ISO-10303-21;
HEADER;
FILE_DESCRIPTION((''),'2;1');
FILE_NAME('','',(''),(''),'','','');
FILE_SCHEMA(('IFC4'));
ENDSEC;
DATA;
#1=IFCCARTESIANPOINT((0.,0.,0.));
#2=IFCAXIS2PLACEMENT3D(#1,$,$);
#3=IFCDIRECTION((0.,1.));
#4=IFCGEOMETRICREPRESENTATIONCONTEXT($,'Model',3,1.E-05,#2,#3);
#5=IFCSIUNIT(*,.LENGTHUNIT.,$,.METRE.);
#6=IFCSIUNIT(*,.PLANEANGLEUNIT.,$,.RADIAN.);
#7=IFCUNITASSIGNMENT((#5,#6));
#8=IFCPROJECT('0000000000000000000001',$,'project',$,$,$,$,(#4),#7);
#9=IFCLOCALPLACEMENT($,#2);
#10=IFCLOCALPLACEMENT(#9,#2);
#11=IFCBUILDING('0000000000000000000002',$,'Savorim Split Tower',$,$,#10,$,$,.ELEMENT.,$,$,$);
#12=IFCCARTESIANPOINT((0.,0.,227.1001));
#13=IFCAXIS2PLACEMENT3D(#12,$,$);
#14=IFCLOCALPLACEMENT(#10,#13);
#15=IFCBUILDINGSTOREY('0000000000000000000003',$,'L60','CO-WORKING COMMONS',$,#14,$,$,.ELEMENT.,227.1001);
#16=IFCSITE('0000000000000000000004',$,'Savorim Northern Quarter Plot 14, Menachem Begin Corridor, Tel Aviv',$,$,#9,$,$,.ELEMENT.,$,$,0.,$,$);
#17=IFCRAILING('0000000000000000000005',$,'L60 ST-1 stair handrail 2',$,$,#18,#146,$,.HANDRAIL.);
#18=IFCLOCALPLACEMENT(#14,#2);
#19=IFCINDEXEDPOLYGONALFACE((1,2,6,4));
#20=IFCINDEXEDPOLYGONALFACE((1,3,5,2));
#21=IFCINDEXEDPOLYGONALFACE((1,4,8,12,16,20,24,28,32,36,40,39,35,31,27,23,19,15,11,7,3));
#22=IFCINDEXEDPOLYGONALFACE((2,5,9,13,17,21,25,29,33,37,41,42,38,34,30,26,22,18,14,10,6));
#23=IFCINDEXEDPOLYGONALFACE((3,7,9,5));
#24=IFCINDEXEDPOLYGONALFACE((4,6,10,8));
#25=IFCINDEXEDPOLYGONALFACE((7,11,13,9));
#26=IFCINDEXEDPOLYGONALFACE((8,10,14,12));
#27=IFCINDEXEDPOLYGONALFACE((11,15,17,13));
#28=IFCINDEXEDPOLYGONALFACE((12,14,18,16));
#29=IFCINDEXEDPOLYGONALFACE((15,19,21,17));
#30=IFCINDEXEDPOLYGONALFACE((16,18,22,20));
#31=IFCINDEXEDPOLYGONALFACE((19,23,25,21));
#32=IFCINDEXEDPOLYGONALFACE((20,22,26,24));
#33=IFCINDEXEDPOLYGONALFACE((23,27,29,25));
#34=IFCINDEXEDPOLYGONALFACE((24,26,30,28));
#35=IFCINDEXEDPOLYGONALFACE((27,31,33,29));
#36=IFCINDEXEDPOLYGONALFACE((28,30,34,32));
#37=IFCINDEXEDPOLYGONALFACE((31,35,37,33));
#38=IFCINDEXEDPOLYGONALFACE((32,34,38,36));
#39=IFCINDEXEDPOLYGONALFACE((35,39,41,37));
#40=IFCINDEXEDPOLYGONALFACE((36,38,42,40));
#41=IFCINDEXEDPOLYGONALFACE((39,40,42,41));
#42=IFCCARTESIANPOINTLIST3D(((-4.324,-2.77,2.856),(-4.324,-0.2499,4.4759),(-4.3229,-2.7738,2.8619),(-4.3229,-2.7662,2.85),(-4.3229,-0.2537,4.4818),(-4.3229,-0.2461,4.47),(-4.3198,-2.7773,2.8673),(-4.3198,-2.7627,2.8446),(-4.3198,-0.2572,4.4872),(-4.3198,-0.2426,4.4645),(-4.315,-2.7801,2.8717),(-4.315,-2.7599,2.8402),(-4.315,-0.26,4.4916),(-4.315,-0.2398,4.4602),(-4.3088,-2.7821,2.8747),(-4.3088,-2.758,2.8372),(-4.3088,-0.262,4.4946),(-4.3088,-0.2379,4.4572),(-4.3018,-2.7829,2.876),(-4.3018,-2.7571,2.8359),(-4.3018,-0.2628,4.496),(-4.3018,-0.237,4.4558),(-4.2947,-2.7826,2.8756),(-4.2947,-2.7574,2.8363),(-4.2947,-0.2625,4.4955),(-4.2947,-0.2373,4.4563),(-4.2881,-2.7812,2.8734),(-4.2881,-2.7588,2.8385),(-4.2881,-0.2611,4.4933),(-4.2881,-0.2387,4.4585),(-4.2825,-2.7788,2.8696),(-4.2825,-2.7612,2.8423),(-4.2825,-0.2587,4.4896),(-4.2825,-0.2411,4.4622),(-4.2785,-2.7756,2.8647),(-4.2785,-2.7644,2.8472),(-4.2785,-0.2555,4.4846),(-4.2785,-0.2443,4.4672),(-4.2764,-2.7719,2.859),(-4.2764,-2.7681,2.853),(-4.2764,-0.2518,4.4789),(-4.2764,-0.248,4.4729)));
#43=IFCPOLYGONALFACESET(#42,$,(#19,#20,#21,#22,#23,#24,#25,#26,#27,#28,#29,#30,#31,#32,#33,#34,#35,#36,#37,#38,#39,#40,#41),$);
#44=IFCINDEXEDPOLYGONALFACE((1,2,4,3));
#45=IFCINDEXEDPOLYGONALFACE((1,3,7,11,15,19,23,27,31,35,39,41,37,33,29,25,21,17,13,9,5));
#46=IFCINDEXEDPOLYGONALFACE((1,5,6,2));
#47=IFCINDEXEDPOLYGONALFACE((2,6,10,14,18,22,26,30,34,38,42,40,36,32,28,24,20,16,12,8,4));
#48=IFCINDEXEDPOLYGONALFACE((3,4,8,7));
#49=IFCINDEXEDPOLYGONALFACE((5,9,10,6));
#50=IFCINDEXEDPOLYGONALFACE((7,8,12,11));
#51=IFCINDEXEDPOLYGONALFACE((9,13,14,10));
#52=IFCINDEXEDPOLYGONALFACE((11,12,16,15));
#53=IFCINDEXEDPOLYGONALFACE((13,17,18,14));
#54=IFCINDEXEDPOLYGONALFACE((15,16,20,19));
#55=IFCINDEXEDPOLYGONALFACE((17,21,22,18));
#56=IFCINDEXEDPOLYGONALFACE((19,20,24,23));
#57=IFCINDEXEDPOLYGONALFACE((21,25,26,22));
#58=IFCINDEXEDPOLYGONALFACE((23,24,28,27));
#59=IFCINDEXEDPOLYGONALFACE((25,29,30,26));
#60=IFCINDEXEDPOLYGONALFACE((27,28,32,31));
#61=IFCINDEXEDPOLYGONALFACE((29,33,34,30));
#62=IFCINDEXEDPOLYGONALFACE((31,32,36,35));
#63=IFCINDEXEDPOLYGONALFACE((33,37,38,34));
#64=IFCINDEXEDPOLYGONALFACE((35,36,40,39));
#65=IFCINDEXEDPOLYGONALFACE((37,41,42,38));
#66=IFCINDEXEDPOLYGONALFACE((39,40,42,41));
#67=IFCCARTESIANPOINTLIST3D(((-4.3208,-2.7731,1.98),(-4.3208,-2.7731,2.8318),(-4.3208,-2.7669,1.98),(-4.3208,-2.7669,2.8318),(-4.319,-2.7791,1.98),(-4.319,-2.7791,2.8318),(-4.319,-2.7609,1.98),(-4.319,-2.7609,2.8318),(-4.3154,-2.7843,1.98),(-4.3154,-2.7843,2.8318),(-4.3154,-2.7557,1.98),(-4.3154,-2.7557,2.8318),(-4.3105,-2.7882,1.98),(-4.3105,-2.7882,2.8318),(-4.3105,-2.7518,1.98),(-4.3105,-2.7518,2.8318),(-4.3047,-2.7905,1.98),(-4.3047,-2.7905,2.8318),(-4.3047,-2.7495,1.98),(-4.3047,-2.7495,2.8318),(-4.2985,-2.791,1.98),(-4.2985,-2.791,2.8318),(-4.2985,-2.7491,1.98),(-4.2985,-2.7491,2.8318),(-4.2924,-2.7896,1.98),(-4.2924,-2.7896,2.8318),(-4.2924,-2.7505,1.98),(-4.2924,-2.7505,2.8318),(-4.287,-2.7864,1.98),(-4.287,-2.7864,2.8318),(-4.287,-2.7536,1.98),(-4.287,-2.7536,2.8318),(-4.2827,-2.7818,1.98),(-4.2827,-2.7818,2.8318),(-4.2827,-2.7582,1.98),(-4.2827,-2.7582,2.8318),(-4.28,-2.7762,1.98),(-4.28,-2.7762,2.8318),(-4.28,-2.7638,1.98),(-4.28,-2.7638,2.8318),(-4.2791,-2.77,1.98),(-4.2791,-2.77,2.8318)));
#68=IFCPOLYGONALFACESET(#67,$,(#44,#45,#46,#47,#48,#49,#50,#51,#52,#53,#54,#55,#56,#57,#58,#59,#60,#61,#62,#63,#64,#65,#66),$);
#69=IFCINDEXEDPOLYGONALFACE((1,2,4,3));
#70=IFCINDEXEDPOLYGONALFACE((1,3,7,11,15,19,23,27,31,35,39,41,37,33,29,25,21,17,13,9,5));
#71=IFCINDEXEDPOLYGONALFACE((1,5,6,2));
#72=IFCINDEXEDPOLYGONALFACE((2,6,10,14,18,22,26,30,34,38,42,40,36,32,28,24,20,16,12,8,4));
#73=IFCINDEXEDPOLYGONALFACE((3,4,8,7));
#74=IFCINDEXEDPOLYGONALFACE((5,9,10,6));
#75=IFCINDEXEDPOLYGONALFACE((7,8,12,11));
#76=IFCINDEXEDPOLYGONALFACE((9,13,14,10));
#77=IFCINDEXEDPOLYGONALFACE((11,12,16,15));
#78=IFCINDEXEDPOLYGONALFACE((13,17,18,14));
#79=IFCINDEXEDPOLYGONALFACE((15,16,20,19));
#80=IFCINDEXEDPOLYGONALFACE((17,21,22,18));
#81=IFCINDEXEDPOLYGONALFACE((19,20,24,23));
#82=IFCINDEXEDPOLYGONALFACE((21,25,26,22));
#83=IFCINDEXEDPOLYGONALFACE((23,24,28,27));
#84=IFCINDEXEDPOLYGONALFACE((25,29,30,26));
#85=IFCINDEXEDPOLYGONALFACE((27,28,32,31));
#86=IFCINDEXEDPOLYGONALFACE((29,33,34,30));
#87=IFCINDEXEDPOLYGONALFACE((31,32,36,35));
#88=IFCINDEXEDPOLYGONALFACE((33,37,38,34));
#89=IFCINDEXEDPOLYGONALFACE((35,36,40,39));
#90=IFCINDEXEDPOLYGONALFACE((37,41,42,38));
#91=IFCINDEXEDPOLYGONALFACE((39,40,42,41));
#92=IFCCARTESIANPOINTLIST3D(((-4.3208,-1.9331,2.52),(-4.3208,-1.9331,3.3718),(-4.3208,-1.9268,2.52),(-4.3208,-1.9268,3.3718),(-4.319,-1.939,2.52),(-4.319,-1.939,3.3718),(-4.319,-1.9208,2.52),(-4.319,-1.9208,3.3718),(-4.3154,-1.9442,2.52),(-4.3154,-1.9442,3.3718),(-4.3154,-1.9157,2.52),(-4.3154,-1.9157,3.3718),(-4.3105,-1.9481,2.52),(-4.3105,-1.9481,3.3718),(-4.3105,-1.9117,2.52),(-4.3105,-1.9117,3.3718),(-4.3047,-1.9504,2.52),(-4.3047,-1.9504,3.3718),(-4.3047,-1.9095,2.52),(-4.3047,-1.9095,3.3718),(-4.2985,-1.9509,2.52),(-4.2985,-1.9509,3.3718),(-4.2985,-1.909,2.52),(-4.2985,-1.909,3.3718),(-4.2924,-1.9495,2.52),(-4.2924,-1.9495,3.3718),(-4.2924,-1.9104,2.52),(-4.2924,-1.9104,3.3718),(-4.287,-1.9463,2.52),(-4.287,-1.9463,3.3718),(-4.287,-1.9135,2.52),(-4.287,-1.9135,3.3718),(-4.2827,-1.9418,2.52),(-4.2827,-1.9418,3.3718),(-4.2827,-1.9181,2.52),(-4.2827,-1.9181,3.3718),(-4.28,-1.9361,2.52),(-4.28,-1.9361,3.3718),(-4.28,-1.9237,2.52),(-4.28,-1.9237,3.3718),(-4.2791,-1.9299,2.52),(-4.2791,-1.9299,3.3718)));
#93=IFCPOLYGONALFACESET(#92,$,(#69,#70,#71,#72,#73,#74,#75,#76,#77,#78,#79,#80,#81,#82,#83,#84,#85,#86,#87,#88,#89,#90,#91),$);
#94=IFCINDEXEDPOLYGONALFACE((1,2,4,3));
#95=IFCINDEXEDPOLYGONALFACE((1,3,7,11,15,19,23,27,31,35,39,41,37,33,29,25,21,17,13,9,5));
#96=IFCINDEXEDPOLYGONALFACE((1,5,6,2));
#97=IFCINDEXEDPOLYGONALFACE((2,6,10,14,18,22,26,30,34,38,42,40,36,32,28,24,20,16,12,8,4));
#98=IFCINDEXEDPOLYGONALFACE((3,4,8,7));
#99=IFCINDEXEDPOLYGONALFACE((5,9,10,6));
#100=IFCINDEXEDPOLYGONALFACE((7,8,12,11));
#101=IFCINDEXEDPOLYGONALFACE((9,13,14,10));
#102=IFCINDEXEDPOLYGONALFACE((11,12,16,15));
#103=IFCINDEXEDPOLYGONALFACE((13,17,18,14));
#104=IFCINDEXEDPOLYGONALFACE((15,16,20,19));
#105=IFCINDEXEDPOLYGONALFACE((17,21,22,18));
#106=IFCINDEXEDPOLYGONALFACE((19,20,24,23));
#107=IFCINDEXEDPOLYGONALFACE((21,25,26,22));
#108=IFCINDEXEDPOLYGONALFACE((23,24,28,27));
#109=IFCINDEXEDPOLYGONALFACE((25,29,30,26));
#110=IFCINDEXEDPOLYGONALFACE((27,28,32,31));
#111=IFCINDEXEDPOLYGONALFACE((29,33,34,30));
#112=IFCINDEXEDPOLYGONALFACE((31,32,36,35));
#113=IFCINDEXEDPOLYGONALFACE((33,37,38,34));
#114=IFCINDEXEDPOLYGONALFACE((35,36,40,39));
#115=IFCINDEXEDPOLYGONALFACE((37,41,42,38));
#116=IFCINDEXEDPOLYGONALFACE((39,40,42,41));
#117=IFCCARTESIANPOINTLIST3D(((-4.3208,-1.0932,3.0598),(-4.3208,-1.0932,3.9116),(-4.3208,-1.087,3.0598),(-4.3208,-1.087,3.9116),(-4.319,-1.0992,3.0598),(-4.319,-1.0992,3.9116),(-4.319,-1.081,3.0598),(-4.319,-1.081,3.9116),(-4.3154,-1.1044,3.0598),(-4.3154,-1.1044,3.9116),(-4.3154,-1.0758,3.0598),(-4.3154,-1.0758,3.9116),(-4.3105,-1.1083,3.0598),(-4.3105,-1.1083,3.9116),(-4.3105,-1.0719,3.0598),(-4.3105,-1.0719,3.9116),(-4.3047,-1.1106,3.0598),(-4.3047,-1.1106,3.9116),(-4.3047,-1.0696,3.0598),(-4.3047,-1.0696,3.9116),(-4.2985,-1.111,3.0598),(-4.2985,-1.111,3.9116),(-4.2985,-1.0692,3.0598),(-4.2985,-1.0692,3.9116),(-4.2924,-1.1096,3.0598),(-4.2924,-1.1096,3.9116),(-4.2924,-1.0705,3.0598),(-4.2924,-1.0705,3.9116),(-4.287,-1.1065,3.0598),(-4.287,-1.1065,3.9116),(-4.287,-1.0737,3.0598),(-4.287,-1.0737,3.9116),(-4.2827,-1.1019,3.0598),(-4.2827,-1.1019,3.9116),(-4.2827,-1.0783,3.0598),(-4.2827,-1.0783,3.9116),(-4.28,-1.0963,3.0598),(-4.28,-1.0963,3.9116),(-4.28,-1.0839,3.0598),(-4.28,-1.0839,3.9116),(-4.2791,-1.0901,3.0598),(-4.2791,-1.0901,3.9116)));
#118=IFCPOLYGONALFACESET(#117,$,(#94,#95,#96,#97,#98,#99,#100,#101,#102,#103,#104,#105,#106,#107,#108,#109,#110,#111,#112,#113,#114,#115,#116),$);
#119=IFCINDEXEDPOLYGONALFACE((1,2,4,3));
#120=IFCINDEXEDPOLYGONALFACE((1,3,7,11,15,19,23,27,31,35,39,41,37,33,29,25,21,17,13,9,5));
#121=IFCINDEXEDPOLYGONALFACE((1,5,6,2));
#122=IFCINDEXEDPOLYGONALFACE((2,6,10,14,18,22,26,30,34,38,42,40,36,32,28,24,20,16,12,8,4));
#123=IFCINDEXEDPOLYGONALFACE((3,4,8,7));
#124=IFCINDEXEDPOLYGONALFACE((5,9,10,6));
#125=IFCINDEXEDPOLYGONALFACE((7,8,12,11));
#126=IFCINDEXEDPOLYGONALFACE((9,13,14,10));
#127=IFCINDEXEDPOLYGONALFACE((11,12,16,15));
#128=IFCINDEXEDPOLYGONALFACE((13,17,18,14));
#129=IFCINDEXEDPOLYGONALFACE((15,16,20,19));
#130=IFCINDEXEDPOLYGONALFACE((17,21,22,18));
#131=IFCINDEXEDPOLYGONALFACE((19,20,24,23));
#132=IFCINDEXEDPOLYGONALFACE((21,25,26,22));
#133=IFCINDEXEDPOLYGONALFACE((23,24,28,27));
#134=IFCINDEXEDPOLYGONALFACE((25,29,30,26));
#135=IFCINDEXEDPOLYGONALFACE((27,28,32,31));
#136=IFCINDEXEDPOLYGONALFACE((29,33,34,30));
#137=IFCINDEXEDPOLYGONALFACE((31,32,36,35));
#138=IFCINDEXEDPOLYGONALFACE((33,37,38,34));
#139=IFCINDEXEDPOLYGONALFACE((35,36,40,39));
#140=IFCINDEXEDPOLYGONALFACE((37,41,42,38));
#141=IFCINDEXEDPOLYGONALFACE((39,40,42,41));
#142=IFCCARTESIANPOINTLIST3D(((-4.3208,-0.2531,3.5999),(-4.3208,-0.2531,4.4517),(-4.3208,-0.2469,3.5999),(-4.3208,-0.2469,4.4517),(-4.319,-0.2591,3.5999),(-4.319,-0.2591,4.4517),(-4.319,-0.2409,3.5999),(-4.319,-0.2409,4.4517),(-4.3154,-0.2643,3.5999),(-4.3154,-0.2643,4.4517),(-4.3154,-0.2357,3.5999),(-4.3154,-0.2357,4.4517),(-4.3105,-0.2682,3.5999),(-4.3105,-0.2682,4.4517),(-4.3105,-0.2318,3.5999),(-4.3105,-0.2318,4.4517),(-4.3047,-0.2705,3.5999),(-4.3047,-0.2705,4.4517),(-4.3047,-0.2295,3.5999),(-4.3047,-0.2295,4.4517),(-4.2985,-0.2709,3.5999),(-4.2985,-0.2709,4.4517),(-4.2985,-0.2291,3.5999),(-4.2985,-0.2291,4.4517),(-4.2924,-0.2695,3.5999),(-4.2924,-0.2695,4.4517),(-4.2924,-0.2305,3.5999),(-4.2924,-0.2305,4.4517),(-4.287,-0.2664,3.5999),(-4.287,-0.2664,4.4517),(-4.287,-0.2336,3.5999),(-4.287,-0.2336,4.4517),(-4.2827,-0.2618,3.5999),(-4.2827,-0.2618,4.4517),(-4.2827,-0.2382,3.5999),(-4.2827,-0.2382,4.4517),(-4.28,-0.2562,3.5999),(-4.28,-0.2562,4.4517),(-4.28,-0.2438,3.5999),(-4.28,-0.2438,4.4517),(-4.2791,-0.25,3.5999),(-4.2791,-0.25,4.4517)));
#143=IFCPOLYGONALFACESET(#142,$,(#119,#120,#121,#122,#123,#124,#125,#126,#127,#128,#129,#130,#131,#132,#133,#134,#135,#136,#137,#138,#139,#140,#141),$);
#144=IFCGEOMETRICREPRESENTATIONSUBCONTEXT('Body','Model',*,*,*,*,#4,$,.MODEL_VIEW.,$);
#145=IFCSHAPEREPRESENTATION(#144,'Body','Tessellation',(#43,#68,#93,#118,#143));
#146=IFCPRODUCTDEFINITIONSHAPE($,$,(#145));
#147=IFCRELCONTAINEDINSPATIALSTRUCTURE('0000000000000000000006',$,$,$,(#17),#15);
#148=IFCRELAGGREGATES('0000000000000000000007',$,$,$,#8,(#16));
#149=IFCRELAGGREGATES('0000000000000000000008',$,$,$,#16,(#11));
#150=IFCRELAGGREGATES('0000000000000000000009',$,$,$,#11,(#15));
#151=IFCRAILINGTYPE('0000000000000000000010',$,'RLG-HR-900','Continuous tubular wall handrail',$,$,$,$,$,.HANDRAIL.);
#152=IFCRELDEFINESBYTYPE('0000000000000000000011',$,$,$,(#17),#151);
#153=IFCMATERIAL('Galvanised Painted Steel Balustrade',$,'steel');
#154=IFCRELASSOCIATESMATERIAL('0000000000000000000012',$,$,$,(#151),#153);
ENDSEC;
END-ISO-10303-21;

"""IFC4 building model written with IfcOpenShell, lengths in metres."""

from ifc_helpers import new_model, si_unit, direction, frame, origin, origin_2d, place, context, subcontext, project, spatial, circle, extrude, material, type_object, element, save


model = new_model("IFC4")

# Units and contexts
model_context = context("Model", 3, precision=1e-05, world=origin(), true_north=direction((0.0, 1.0)))
body_context = subcontext(model_context, "Body", "Model", "MODEL_VIEW")
ifc_project = project(units=[si_unit("LENGTHUNIT", "METRE"), si_unit("PLANEANGLEUNIT", "RADIAN")], contexts=[model_context])

# Site, building, storey
site_placement = place(None, origin())
site = spatial("IfcSite", under=ifc_project, at=site_placement, Name="Savorim Northern Quarter Plot 14, Menachem Begin Corridor, Tel Aviv", CompositionType="ELEMENT", RefElevation=0.0)
building_placement = place(site_placement, origin())
building = spatial("IfcBuilding", under=site, at=building_placement, Name="Savorim Split Tower", CompositionType="ELEMENT")
storey_placement = place(building_placement, frame((0.0, 0.0, 227.1001)))
storey = spatial("IfcBuildingStorey", under=building, at=storey_placement, Name="L60", Description="CO-WORKING COMMONS", CompositionType="ELEMENT", Elevation=227.1001)

# Railing
ifc_material_1 = material(Name="Galvanised Painted Steel Balustrade", Category="steel")
railing_type_1 = type_object("IfcRailingType", Name="RLG-HR-900", Description="Continuous tubular wall handrail", PredefinedType="HANDRAIL", material=ifc_material_1)
railing_1_placement = place(storey_placement, frame((-4.3, -2.77, 1.98)))
element("IfcRailing", 1, at=railing_1_placement, inside=storey, type_object=railing_type_1, Name="L60 ST-1 stair handrail 2", PredefinedType="HANDRAIL", context=body_context, shape_type="SweptSolid", body=[
    extrude(circle(Radius=0.0239, at=origin_2d()), frame((0.0, 0.0, 0.876), z_axis=(0.0, 0.8412, 0.540725), x_axis=(-1.0, 0.0, 0.0)), (0.0, 0.0, 1.0), 2.9958),
    extrude(circle(Radius=0.021, at=origin_2d()), origin(), (0.0, 0.0, 1.0), 0.8518),
    extrude(circle(Radius=0.021, at=origin_2d()), frame((0.0, 0.8401, 0.54)), (0.0, 0.0, 1.0), 0.8518),
    extrude(circle(Radius=0.021, at=origin_2d()), frame((0.0, 1.6799, 1.0798)), (0.0, 0.0, 1.0), 0.8518),
    extrude(circle(Radius=0.021, at=origin_2d()), frame((0.0, 2.52, 1.6199)), (0.0, 0.0, 1.0), 0.8518),
])

save(model, "model.ifc")
